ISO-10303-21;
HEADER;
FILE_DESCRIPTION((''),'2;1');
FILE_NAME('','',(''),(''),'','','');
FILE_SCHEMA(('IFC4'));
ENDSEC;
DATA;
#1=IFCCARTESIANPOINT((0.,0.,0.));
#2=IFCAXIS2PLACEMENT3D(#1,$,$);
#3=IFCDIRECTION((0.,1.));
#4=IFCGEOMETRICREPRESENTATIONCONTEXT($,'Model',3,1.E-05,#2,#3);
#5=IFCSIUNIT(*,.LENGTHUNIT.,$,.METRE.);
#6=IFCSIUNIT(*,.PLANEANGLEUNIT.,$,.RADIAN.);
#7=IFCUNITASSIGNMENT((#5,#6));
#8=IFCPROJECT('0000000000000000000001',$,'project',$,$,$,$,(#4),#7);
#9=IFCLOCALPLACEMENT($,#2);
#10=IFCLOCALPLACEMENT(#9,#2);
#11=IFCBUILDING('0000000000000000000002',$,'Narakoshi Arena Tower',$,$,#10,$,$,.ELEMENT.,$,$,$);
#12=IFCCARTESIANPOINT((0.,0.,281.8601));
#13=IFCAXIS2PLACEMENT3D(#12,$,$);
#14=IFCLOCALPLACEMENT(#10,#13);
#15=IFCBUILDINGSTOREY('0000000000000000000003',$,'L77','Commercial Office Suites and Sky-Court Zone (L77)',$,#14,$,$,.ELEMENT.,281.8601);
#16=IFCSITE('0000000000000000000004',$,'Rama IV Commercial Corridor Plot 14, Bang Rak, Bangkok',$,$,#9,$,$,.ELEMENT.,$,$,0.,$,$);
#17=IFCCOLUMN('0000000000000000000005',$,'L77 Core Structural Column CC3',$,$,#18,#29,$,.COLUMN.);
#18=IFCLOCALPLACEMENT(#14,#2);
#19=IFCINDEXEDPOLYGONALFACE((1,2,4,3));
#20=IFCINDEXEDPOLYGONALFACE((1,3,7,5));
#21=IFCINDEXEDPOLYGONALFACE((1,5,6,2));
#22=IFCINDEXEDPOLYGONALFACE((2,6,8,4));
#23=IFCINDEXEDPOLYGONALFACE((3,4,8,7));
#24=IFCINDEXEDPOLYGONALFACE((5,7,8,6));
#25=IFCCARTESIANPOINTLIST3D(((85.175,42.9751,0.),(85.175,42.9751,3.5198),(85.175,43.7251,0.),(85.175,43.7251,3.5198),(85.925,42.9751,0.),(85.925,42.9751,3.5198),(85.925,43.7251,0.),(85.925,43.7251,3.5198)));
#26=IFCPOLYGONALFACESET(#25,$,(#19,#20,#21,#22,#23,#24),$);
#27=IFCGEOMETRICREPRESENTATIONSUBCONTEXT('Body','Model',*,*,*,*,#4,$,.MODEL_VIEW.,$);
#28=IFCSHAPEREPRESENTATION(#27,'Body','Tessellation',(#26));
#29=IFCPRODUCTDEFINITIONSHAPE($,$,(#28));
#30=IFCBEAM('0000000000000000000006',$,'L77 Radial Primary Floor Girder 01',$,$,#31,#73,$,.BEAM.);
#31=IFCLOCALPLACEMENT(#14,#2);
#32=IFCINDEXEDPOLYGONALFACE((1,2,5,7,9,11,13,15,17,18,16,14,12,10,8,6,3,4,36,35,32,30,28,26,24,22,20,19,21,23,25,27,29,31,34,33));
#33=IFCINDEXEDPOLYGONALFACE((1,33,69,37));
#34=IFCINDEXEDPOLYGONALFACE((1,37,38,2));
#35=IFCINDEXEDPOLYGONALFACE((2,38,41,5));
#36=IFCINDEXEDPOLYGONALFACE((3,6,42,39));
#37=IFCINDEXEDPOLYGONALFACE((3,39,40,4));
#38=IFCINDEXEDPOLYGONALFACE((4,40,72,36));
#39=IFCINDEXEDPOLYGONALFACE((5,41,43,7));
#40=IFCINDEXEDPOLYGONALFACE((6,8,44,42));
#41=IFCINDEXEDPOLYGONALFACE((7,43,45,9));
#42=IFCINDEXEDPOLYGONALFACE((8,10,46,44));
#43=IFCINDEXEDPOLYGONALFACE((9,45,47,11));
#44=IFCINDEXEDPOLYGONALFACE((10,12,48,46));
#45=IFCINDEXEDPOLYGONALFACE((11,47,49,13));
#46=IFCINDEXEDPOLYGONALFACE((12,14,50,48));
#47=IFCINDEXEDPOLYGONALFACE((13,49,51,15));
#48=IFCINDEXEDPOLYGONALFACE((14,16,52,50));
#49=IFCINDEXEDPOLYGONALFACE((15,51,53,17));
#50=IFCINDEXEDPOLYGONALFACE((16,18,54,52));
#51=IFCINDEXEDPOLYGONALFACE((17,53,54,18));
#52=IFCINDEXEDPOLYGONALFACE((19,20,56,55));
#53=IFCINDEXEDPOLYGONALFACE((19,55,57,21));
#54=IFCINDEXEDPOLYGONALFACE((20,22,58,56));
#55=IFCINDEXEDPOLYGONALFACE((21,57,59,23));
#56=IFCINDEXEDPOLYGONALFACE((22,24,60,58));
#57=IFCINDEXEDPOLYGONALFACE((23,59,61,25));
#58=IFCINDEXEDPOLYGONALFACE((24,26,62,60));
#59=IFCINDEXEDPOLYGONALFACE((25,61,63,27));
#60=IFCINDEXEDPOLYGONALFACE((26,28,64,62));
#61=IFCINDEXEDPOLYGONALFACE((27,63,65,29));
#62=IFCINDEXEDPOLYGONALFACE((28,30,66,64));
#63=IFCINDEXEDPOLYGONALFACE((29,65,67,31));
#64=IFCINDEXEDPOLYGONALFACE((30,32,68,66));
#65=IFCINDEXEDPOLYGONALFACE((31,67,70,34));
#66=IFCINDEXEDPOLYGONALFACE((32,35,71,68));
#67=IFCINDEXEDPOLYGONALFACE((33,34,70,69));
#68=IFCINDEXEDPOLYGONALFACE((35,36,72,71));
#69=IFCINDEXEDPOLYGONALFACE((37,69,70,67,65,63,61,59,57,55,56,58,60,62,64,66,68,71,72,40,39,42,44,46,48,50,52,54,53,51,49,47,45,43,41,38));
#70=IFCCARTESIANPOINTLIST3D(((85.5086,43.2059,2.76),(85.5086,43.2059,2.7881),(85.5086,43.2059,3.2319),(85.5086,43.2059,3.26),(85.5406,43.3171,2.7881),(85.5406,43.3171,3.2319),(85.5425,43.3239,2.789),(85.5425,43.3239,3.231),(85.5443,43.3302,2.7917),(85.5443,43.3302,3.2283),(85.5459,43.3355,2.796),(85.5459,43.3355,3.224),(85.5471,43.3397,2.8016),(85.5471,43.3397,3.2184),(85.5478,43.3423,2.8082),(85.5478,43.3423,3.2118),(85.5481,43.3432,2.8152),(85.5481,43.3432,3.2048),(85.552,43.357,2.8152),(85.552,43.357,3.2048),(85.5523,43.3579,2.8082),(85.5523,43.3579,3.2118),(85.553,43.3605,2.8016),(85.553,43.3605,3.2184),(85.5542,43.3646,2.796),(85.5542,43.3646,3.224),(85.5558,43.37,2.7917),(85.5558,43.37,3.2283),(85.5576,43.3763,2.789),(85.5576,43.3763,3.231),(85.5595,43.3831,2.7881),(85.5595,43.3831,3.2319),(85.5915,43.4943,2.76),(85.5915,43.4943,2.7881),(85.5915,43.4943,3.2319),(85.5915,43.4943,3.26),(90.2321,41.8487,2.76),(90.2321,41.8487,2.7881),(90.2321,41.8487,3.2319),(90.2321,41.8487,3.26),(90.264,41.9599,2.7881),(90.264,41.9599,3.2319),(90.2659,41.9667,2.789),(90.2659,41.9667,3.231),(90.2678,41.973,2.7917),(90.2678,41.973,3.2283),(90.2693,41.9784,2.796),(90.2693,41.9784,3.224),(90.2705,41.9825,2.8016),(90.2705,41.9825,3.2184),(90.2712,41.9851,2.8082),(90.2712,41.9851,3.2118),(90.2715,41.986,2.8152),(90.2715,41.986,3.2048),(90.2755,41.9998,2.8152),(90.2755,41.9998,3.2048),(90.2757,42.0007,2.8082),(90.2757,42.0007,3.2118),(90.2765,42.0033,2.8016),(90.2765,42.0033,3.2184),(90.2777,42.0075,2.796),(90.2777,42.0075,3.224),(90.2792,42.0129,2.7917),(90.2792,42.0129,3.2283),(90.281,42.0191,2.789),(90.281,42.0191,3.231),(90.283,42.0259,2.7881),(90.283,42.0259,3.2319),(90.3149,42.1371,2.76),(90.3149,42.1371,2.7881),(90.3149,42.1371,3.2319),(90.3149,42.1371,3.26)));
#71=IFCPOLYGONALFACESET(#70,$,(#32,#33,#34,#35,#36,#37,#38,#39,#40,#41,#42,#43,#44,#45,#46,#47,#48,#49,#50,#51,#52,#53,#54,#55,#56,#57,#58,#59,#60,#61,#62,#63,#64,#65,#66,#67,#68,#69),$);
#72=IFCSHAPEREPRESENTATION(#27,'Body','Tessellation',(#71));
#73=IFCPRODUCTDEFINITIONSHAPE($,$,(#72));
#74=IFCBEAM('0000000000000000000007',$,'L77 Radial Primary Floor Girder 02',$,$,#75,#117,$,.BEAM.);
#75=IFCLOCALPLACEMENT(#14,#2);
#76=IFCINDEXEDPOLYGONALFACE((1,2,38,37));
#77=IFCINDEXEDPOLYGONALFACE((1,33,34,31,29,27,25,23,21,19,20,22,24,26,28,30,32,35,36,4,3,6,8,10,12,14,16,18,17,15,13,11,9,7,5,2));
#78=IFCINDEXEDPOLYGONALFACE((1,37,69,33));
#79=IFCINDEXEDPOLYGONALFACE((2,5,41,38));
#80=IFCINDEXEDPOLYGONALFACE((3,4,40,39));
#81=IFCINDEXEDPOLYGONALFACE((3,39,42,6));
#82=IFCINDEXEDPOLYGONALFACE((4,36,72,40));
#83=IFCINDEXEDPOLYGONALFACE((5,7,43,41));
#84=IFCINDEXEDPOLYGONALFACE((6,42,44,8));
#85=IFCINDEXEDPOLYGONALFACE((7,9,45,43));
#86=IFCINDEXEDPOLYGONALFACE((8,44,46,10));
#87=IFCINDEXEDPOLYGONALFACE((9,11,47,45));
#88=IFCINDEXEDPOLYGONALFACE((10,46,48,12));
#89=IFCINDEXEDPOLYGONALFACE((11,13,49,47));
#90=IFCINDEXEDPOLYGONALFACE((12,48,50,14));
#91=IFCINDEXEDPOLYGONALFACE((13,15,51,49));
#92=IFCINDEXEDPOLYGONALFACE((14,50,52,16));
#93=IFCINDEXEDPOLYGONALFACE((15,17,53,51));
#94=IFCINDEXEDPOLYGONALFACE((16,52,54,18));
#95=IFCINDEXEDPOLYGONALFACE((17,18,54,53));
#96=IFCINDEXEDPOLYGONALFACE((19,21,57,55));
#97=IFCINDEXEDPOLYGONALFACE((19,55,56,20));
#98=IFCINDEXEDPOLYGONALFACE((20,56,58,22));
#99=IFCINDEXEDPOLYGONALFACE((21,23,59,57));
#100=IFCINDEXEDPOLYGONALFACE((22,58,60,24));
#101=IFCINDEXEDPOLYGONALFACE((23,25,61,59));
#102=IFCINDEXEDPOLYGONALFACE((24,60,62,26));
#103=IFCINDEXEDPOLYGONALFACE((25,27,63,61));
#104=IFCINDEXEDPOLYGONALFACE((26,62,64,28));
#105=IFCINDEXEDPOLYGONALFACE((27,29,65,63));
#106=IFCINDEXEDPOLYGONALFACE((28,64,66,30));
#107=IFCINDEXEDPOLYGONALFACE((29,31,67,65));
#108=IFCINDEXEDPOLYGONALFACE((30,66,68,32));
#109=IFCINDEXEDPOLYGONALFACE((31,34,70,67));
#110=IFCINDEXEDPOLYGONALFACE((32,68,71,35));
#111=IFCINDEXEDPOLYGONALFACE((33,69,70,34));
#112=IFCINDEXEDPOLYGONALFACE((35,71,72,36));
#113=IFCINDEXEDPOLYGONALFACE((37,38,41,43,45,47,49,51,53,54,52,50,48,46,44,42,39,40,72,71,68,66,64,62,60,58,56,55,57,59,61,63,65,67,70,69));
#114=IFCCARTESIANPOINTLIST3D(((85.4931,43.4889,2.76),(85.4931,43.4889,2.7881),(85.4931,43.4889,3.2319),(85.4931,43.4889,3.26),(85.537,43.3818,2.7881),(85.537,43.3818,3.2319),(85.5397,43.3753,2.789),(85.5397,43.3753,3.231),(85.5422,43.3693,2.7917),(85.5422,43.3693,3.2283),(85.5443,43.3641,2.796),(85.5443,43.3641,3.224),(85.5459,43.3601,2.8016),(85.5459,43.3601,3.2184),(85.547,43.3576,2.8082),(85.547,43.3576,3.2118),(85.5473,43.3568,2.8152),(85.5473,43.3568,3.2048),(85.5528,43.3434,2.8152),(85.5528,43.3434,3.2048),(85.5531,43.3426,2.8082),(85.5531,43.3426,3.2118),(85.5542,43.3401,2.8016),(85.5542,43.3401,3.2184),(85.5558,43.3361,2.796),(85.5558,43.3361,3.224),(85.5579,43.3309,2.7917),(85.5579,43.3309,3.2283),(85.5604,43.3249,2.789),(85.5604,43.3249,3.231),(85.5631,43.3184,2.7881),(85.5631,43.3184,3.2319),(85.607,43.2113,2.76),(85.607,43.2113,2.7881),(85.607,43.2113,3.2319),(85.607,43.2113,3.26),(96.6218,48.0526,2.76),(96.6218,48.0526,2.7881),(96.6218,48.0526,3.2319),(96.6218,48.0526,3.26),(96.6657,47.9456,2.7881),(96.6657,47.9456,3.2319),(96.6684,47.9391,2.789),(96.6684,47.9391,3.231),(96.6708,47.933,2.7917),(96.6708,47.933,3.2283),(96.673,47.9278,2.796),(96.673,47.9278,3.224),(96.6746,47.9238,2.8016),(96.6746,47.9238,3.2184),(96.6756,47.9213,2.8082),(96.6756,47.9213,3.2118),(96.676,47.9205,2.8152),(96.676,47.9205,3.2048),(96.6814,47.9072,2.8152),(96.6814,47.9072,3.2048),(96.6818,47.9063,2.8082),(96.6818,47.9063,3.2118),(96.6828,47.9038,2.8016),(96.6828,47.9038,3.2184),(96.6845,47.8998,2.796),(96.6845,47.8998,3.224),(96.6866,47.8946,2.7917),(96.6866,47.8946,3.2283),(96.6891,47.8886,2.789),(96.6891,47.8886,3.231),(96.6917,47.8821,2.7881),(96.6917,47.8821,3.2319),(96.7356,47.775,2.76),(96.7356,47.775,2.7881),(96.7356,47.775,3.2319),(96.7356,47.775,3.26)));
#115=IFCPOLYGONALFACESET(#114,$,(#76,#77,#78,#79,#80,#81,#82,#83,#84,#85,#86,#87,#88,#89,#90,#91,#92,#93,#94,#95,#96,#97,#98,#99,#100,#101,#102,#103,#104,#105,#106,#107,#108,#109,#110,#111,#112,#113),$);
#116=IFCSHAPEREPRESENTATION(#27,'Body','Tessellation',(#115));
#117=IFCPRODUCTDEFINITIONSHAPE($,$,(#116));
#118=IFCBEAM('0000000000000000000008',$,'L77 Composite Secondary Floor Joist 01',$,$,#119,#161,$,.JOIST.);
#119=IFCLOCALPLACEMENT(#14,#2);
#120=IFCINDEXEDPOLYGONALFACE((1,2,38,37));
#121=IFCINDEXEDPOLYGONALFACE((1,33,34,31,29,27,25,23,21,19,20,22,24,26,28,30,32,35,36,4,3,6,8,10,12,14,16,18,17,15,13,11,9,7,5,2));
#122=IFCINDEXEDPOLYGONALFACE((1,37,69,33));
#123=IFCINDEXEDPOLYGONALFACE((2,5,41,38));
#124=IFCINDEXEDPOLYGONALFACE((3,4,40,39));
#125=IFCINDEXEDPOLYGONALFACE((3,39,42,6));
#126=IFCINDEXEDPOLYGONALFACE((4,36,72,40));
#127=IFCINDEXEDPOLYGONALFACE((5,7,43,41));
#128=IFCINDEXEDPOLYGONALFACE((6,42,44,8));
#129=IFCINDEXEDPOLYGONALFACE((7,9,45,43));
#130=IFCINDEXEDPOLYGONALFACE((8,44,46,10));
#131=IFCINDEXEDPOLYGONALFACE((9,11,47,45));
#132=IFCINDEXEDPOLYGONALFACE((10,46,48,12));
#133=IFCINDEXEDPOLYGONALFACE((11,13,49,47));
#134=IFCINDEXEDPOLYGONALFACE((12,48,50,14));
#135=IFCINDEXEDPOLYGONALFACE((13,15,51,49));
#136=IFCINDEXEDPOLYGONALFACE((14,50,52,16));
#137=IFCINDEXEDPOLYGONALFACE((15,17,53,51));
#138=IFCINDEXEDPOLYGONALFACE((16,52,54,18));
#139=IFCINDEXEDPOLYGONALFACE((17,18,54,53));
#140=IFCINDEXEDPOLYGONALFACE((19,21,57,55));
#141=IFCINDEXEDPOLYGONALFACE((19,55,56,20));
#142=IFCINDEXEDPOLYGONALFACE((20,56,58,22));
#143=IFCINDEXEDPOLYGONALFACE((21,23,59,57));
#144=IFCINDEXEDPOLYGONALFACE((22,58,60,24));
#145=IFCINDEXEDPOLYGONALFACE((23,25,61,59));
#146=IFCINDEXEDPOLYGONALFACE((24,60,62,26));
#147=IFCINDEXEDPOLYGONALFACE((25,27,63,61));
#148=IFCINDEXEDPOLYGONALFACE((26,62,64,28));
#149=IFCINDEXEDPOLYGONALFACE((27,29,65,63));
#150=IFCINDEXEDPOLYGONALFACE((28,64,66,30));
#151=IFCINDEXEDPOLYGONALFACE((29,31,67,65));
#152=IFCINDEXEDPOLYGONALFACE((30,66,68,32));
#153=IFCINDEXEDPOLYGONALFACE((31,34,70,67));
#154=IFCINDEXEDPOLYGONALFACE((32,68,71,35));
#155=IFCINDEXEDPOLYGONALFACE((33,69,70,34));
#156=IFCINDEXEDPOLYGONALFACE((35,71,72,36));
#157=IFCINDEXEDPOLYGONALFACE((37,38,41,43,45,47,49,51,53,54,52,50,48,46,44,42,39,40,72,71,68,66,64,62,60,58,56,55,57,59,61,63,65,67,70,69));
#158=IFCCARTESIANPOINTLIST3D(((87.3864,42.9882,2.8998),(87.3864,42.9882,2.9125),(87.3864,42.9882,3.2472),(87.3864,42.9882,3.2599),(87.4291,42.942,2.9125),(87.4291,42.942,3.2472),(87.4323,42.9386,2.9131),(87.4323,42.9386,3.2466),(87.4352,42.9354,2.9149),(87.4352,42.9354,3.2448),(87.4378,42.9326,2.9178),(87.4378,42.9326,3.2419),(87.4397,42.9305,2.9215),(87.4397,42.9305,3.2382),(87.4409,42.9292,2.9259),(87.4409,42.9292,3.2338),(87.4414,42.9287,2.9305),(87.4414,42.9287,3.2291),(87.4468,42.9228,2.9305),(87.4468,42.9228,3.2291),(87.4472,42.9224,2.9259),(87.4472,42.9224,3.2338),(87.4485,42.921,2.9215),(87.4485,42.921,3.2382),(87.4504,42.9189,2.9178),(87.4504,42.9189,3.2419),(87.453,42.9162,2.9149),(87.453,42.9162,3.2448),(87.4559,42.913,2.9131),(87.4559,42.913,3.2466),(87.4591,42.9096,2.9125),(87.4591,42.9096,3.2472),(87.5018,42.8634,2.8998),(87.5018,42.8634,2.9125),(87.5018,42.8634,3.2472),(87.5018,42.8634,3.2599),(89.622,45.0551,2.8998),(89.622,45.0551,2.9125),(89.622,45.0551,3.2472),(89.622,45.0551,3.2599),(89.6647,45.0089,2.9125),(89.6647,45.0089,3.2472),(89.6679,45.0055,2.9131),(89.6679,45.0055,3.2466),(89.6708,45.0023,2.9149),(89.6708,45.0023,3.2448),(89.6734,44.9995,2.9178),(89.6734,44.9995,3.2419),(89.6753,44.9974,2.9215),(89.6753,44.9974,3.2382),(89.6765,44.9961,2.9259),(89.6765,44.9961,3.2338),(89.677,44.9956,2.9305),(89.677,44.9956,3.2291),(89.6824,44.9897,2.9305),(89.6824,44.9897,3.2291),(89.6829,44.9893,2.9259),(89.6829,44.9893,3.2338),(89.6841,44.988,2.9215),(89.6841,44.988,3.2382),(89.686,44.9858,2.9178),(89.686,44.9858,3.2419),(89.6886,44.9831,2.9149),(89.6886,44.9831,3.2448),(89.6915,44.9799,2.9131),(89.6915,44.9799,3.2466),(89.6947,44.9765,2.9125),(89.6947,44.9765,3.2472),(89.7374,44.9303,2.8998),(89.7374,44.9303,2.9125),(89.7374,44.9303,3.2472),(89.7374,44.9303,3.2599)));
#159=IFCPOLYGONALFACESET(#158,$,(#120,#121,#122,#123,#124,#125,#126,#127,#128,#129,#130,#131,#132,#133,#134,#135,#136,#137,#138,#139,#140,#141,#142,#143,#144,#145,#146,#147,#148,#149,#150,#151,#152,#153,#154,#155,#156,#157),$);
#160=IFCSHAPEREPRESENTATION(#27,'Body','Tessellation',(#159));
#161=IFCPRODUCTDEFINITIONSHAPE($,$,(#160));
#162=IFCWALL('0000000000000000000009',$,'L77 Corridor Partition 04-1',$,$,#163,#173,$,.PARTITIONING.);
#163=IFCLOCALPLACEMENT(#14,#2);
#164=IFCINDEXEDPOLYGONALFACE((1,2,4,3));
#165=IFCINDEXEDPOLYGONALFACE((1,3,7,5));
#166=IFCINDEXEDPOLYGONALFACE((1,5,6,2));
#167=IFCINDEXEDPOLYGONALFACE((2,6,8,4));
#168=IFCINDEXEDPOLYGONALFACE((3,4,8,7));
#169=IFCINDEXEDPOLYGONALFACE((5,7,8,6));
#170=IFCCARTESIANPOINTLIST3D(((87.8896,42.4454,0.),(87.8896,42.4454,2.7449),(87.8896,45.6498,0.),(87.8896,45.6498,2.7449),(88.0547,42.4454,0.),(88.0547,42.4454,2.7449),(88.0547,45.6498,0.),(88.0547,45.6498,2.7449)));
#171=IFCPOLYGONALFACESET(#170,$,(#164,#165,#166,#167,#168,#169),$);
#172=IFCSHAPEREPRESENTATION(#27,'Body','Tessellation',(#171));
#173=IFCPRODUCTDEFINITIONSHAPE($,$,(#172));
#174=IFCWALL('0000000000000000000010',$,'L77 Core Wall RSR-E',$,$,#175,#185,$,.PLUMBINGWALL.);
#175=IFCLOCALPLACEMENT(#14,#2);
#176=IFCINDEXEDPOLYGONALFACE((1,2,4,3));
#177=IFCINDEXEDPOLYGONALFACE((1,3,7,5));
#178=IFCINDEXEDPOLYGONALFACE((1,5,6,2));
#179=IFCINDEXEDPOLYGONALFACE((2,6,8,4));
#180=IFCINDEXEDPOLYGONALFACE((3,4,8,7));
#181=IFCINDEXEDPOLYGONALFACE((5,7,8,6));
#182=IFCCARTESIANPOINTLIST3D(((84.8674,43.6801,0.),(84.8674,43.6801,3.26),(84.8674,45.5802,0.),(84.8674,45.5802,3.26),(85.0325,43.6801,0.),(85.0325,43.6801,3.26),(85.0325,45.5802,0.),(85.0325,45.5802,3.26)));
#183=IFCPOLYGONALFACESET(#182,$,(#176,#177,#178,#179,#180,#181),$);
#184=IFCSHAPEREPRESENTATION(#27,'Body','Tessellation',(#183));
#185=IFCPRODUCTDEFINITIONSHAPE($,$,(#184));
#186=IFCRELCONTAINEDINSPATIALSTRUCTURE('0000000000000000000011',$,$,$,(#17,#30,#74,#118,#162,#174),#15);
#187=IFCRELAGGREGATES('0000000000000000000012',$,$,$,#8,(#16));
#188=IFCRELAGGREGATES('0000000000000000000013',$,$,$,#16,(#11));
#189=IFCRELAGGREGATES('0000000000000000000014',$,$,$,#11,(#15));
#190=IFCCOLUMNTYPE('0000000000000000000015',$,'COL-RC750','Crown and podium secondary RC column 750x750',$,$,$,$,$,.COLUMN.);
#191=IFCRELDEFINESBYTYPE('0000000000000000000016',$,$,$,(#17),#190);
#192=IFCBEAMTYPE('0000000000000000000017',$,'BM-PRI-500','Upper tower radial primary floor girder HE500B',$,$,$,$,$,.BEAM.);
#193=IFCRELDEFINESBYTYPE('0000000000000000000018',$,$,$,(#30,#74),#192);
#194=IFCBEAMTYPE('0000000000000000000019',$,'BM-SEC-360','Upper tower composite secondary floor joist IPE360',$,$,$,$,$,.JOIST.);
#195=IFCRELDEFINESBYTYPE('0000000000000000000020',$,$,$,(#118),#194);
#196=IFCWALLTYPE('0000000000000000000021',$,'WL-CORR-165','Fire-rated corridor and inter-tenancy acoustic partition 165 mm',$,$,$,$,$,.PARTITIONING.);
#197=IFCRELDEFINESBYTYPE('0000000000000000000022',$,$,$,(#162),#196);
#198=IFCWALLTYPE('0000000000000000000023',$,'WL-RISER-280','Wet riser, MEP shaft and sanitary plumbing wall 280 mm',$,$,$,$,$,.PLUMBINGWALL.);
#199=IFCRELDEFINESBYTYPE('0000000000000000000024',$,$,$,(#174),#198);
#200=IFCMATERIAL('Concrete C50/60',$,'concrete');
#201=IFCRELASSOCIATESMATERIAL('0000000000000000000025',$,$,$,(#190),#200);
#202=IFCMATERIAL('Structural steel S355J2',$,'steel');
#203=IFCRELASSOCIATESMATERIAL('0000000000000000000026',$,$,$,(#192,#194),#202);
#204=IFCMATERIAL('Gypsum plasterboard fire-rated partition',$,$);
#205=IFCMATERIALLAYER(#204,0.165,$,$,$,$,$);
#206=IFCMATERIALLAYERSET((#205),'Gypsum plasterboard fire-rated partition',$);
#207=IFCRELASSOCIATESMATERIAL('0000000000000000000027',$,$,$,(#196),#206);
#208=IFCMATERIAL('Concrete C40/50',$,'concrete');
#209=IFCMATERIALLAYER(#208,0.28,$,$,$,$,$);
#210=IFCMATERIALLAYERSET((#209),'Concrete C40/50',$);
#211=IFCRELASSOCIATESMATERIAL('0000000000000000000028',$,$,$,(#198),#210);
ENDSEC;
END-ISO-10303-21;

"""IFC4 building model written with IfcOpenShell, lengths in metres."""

from ifc_helpers import new_model, si_unit, direction, frame, frame_2d, origin, origin_2d, place, context, subcontext, project, spatial, rectangle, i_section, extrude, material, layer, layer_set, material_profile, profile_set, type_object, element, save


model = new_model("IFC4")

# Units and contexts
model_context = context("Model", 3, precision=1e-05, world=origin(), true_north=direction((0.0, 1.0)))
body_context = subcontext(model_context, "Body", "Model", "MODEL_VIEW")
ifc_project = project(units=[si_unit("LENGTHUNIT", "METRE"), si_unit("PLANEANGLEUNIT", "RADIAN")], contexts=[model_context])

# Site, building, storey
site_placement = place(None, origin())
site = spatial("IfcSite", under=ifc_project, at=site_placement, Name="Rama IV Commercial Corridor Plot 14, Bang Rak, Bangkok", CompositionType="ELEMENT", RefElevation=0.0)
building_placement = place(site_placement, origin())
building = spatial("IfcBuilding", under=site, at=building_placement, Name="Narakoshi Arena Tower", CompositionType="ELEMENT")
storey_placement = place(building_placement, frame((0.0, 0.0, 281.8601)))
storey = spatial("IfcBuildingStorey", under=building, at=storey_placement, Name="L77", Description="Commercial Office Suites and Sky-Court Zone (L77)", CompositionType="ELEMENT", Elevation=281.8601)

# Column
ifc_material_1 = material(Name="Concrete C50/60", Category="concrete")
ifc_material_profile_1 = material_profile(ifc_material_1, rectangle(XDim=0.75, YDim=0.75, at=origin_2d()), Name="RC750x750")
ifc_profile_set_1 = profile_set([ifc_material_profile_1], Name="Concrete C50/60")
column_type = type_object("IfcColumnType", Name="COL-RC750", Description="Crown and podium secondary RC column 750x750", PredefinedType="COLUMN", material=ifc_profile_set_1)
column_placement = place(storey_placement, frame((85.55, 43.3501, 0.0), z_axis=(0.0, 0.0, 1.0), x_axis=(1.0, 0.0, 0.0)))
element("IfcColumn", 1, at=column_placement, inside=storey, type_object=column_type, Name="L77 Core Structural Column CC3", PredefinedType="COLUMN", context=body_context, shape_type="SweptSolid", body=[
    extrude(rectangle(XDim=0.75, YDim=0.75, at=origin_2d()), origin(), (0.0, 0.0, 1.0), 3.5198),
])

# Beams
ifc_material_2 = material(Name="Structural steel S355J2", Category="steel")
ifc_material_profile_2 = material_profile(ifc_material_2, i_section(OverallWidth=0.3, OverallDepth=0.5, WebThickness=0.0144, FlangeThickness=0.0281, FilletRadius=0.0271, at=origin_2d()), Name="HE500B")
ifc_profile_set_2 = profile_set([ifc_material_profile_2], Name="Structural steel S355J2")
beam_type_1 = type_object("IfcBeamType", Name="BM-PRI-500", Description="Upper tower radial primary floor girder HE500B", PredefinedType="BEAM", material=ifc_profile_set_2)
beam_1_placement = place(storey_placement, frame((85.55, 43.3501, 3.01), z_axis=(0.961112, -0.276158, 0.0), x_axis=(0.276158, 0.961112, 0.0)))
element("IfcBeam", 2, at=beam_1_placement, inside=storey, type_object=beam_type_1, Name="L77 Radial Primary Floor Girder 01", PredefinedType="BEAM", context=body_context, shape_type="SweptSolid", body=[
    extrude(i_section(OverallWidth=0.3, OverallDepth=0.5, WebThickness=0.0144, FlangeThickness=0.0281, FilletRadius=0.0271, at=origin_2d()), origin(), (0.0, 0.0, 1.0), 4.9146),
])
beam_2_placement = place(storey_placement, frame((85.55, 43.3501, 3.01), z_axis=(0.925224, 0.379422, 0.0), x_axis=(-0.379422, 0.925224, 0.0)))
element("IfcBeam", 3, at=beam_2_placement, inside=storey, type_object=beam_type_1, Name="L77 Radial Primary Floor Girder 02", PredefinedType="BEAM", context=body_context, shape_type="SweptSolid", body=[
    extrude(i_section(OverallWidth=0.3, OverallDepth=0.5, WebThickness=0.0144, FlangeThickness=0.0281, FilletRadius=0.0271, at=origin_2d()), origin(), (0.0, 0.0, 1.0), 12.0281),
])
ifc_material_profile_3 = material_profile(ifc_material_2, i_section(OverallWidth=0.1699, OverallDepth=0.3601, WebThickness=0.0081, FlangeThickness=0.0127, FilletRadius=0.0181, at=origin_2d()), Name="IPE360")
ifc_profile_set_3 = profile_set([ifc_material_profile_3], Name="Structural steel S355J2")
beam_type_2 = type_object("IfcBeamType", Name="BM-SEC-360", Description="Upper tower composite secondary floor joist IPE360", PredefinedType="JOIST", material=ifc_profile_set_3)
beam_3_placement = place(storey_placement, frame((87.4441, 42.9258, 3.0798), z_axis=(0.734268, 0.678859, 0.0), x_axis=(-0.678859, 0.734268, 0.0)))
element("IfcBeam", 4, at=beam_3_placement, inside=storey, type_object=beam_type_2, Name="L77 Composite Secondary Floor Joist 01", PredefinedType="JOIST", context=body_context, shape_type="SweptSolid", body=[
    extrude(i_section(OverallWidth=0.1699, OverallDepth=0.3601, WebThickness=0.0081, FlangeThickness=0.0127, FilletRadius=0.0181, at=origin_2d()), origin(), (0.0, 0.0, 1.0), 3.0447),
])

# Walls
ifc_material_3 = material(Name="Gypsum plasterboard fire-rated partition")
ifc_layer_1 = layer(ifc_material_3, 0.165)
ifc_layer_set_1 = layer_set([ifc_layer_1], Name="Gypsum plasterboard fire-rated partition")
wall_type_1 = type_object("IfcWallType", Name="WL-CORR-165", Description="Fire-rated corridor and inter-tenancy acoustic partition 165 mm", PredefinedType="PARTITIONING", material=ifc_layer_set_1)
wall_1_placement = place(storey_placement, frame((87.9722, 42.4456, 0.0), z_axis=(0.0, 0.0, 1.0), x_axis=(0.0, 1.0, 0.0)))
element("IfcWall", 5, at=wall_1_placement, inside=storey, type_object=wall_type_1, Name="L77 Corridor Partition 04-1", PredefinedType="PARTITIONING", context=body_context, shape_type="SweptSolid", body=[
    extrude(rectangle(XDim=3.2043, YDim=0.165, at=frame_2d((1.6021, 0.0))), origin(), (0.0, 0.0, 1.0), 2.7449),
])
ifc_material_4 = material(Name="Concrete C40/50", Category="concrete")
ifc_layer_2 = layer(ifc_material_4, 0.28)
ifc_layer_set_2 = layer_set([ifc_layer_2], Name="Concrete C40/50")
wall_type_2 = type_object("IfcWallType", Name="WL-RISER-280", Description="Wet riser, MEP shaft and sanitary plumbing wall 280 mm", PredefinedType="PLUMBINGWALL", material=ifc_layer_set_2)
wall_2_placement = place(storey_placement, frame((84.95, 43.6799, 0.0), z_axis=(0.0, 0.0, 1.0), x_axis=(0.0, 1.0, 0.0)))
element("IfcWall", 6, at=wall_2_placement, inside=storey, type_object=wall_type_2, Name="L77 Core Wall RSR-E", PredefinedType="PLUMBINGWALL", context=body_context, shape_type="SweptSolid", body=[
    extrude(rectangle(XDim=1.9001, YDim=0.165, at=frame_2d((0.9502, 0.0))), origin(), (0.0, 0.0, 1.0), 3.26),
])

save(model, "model.ifc")
